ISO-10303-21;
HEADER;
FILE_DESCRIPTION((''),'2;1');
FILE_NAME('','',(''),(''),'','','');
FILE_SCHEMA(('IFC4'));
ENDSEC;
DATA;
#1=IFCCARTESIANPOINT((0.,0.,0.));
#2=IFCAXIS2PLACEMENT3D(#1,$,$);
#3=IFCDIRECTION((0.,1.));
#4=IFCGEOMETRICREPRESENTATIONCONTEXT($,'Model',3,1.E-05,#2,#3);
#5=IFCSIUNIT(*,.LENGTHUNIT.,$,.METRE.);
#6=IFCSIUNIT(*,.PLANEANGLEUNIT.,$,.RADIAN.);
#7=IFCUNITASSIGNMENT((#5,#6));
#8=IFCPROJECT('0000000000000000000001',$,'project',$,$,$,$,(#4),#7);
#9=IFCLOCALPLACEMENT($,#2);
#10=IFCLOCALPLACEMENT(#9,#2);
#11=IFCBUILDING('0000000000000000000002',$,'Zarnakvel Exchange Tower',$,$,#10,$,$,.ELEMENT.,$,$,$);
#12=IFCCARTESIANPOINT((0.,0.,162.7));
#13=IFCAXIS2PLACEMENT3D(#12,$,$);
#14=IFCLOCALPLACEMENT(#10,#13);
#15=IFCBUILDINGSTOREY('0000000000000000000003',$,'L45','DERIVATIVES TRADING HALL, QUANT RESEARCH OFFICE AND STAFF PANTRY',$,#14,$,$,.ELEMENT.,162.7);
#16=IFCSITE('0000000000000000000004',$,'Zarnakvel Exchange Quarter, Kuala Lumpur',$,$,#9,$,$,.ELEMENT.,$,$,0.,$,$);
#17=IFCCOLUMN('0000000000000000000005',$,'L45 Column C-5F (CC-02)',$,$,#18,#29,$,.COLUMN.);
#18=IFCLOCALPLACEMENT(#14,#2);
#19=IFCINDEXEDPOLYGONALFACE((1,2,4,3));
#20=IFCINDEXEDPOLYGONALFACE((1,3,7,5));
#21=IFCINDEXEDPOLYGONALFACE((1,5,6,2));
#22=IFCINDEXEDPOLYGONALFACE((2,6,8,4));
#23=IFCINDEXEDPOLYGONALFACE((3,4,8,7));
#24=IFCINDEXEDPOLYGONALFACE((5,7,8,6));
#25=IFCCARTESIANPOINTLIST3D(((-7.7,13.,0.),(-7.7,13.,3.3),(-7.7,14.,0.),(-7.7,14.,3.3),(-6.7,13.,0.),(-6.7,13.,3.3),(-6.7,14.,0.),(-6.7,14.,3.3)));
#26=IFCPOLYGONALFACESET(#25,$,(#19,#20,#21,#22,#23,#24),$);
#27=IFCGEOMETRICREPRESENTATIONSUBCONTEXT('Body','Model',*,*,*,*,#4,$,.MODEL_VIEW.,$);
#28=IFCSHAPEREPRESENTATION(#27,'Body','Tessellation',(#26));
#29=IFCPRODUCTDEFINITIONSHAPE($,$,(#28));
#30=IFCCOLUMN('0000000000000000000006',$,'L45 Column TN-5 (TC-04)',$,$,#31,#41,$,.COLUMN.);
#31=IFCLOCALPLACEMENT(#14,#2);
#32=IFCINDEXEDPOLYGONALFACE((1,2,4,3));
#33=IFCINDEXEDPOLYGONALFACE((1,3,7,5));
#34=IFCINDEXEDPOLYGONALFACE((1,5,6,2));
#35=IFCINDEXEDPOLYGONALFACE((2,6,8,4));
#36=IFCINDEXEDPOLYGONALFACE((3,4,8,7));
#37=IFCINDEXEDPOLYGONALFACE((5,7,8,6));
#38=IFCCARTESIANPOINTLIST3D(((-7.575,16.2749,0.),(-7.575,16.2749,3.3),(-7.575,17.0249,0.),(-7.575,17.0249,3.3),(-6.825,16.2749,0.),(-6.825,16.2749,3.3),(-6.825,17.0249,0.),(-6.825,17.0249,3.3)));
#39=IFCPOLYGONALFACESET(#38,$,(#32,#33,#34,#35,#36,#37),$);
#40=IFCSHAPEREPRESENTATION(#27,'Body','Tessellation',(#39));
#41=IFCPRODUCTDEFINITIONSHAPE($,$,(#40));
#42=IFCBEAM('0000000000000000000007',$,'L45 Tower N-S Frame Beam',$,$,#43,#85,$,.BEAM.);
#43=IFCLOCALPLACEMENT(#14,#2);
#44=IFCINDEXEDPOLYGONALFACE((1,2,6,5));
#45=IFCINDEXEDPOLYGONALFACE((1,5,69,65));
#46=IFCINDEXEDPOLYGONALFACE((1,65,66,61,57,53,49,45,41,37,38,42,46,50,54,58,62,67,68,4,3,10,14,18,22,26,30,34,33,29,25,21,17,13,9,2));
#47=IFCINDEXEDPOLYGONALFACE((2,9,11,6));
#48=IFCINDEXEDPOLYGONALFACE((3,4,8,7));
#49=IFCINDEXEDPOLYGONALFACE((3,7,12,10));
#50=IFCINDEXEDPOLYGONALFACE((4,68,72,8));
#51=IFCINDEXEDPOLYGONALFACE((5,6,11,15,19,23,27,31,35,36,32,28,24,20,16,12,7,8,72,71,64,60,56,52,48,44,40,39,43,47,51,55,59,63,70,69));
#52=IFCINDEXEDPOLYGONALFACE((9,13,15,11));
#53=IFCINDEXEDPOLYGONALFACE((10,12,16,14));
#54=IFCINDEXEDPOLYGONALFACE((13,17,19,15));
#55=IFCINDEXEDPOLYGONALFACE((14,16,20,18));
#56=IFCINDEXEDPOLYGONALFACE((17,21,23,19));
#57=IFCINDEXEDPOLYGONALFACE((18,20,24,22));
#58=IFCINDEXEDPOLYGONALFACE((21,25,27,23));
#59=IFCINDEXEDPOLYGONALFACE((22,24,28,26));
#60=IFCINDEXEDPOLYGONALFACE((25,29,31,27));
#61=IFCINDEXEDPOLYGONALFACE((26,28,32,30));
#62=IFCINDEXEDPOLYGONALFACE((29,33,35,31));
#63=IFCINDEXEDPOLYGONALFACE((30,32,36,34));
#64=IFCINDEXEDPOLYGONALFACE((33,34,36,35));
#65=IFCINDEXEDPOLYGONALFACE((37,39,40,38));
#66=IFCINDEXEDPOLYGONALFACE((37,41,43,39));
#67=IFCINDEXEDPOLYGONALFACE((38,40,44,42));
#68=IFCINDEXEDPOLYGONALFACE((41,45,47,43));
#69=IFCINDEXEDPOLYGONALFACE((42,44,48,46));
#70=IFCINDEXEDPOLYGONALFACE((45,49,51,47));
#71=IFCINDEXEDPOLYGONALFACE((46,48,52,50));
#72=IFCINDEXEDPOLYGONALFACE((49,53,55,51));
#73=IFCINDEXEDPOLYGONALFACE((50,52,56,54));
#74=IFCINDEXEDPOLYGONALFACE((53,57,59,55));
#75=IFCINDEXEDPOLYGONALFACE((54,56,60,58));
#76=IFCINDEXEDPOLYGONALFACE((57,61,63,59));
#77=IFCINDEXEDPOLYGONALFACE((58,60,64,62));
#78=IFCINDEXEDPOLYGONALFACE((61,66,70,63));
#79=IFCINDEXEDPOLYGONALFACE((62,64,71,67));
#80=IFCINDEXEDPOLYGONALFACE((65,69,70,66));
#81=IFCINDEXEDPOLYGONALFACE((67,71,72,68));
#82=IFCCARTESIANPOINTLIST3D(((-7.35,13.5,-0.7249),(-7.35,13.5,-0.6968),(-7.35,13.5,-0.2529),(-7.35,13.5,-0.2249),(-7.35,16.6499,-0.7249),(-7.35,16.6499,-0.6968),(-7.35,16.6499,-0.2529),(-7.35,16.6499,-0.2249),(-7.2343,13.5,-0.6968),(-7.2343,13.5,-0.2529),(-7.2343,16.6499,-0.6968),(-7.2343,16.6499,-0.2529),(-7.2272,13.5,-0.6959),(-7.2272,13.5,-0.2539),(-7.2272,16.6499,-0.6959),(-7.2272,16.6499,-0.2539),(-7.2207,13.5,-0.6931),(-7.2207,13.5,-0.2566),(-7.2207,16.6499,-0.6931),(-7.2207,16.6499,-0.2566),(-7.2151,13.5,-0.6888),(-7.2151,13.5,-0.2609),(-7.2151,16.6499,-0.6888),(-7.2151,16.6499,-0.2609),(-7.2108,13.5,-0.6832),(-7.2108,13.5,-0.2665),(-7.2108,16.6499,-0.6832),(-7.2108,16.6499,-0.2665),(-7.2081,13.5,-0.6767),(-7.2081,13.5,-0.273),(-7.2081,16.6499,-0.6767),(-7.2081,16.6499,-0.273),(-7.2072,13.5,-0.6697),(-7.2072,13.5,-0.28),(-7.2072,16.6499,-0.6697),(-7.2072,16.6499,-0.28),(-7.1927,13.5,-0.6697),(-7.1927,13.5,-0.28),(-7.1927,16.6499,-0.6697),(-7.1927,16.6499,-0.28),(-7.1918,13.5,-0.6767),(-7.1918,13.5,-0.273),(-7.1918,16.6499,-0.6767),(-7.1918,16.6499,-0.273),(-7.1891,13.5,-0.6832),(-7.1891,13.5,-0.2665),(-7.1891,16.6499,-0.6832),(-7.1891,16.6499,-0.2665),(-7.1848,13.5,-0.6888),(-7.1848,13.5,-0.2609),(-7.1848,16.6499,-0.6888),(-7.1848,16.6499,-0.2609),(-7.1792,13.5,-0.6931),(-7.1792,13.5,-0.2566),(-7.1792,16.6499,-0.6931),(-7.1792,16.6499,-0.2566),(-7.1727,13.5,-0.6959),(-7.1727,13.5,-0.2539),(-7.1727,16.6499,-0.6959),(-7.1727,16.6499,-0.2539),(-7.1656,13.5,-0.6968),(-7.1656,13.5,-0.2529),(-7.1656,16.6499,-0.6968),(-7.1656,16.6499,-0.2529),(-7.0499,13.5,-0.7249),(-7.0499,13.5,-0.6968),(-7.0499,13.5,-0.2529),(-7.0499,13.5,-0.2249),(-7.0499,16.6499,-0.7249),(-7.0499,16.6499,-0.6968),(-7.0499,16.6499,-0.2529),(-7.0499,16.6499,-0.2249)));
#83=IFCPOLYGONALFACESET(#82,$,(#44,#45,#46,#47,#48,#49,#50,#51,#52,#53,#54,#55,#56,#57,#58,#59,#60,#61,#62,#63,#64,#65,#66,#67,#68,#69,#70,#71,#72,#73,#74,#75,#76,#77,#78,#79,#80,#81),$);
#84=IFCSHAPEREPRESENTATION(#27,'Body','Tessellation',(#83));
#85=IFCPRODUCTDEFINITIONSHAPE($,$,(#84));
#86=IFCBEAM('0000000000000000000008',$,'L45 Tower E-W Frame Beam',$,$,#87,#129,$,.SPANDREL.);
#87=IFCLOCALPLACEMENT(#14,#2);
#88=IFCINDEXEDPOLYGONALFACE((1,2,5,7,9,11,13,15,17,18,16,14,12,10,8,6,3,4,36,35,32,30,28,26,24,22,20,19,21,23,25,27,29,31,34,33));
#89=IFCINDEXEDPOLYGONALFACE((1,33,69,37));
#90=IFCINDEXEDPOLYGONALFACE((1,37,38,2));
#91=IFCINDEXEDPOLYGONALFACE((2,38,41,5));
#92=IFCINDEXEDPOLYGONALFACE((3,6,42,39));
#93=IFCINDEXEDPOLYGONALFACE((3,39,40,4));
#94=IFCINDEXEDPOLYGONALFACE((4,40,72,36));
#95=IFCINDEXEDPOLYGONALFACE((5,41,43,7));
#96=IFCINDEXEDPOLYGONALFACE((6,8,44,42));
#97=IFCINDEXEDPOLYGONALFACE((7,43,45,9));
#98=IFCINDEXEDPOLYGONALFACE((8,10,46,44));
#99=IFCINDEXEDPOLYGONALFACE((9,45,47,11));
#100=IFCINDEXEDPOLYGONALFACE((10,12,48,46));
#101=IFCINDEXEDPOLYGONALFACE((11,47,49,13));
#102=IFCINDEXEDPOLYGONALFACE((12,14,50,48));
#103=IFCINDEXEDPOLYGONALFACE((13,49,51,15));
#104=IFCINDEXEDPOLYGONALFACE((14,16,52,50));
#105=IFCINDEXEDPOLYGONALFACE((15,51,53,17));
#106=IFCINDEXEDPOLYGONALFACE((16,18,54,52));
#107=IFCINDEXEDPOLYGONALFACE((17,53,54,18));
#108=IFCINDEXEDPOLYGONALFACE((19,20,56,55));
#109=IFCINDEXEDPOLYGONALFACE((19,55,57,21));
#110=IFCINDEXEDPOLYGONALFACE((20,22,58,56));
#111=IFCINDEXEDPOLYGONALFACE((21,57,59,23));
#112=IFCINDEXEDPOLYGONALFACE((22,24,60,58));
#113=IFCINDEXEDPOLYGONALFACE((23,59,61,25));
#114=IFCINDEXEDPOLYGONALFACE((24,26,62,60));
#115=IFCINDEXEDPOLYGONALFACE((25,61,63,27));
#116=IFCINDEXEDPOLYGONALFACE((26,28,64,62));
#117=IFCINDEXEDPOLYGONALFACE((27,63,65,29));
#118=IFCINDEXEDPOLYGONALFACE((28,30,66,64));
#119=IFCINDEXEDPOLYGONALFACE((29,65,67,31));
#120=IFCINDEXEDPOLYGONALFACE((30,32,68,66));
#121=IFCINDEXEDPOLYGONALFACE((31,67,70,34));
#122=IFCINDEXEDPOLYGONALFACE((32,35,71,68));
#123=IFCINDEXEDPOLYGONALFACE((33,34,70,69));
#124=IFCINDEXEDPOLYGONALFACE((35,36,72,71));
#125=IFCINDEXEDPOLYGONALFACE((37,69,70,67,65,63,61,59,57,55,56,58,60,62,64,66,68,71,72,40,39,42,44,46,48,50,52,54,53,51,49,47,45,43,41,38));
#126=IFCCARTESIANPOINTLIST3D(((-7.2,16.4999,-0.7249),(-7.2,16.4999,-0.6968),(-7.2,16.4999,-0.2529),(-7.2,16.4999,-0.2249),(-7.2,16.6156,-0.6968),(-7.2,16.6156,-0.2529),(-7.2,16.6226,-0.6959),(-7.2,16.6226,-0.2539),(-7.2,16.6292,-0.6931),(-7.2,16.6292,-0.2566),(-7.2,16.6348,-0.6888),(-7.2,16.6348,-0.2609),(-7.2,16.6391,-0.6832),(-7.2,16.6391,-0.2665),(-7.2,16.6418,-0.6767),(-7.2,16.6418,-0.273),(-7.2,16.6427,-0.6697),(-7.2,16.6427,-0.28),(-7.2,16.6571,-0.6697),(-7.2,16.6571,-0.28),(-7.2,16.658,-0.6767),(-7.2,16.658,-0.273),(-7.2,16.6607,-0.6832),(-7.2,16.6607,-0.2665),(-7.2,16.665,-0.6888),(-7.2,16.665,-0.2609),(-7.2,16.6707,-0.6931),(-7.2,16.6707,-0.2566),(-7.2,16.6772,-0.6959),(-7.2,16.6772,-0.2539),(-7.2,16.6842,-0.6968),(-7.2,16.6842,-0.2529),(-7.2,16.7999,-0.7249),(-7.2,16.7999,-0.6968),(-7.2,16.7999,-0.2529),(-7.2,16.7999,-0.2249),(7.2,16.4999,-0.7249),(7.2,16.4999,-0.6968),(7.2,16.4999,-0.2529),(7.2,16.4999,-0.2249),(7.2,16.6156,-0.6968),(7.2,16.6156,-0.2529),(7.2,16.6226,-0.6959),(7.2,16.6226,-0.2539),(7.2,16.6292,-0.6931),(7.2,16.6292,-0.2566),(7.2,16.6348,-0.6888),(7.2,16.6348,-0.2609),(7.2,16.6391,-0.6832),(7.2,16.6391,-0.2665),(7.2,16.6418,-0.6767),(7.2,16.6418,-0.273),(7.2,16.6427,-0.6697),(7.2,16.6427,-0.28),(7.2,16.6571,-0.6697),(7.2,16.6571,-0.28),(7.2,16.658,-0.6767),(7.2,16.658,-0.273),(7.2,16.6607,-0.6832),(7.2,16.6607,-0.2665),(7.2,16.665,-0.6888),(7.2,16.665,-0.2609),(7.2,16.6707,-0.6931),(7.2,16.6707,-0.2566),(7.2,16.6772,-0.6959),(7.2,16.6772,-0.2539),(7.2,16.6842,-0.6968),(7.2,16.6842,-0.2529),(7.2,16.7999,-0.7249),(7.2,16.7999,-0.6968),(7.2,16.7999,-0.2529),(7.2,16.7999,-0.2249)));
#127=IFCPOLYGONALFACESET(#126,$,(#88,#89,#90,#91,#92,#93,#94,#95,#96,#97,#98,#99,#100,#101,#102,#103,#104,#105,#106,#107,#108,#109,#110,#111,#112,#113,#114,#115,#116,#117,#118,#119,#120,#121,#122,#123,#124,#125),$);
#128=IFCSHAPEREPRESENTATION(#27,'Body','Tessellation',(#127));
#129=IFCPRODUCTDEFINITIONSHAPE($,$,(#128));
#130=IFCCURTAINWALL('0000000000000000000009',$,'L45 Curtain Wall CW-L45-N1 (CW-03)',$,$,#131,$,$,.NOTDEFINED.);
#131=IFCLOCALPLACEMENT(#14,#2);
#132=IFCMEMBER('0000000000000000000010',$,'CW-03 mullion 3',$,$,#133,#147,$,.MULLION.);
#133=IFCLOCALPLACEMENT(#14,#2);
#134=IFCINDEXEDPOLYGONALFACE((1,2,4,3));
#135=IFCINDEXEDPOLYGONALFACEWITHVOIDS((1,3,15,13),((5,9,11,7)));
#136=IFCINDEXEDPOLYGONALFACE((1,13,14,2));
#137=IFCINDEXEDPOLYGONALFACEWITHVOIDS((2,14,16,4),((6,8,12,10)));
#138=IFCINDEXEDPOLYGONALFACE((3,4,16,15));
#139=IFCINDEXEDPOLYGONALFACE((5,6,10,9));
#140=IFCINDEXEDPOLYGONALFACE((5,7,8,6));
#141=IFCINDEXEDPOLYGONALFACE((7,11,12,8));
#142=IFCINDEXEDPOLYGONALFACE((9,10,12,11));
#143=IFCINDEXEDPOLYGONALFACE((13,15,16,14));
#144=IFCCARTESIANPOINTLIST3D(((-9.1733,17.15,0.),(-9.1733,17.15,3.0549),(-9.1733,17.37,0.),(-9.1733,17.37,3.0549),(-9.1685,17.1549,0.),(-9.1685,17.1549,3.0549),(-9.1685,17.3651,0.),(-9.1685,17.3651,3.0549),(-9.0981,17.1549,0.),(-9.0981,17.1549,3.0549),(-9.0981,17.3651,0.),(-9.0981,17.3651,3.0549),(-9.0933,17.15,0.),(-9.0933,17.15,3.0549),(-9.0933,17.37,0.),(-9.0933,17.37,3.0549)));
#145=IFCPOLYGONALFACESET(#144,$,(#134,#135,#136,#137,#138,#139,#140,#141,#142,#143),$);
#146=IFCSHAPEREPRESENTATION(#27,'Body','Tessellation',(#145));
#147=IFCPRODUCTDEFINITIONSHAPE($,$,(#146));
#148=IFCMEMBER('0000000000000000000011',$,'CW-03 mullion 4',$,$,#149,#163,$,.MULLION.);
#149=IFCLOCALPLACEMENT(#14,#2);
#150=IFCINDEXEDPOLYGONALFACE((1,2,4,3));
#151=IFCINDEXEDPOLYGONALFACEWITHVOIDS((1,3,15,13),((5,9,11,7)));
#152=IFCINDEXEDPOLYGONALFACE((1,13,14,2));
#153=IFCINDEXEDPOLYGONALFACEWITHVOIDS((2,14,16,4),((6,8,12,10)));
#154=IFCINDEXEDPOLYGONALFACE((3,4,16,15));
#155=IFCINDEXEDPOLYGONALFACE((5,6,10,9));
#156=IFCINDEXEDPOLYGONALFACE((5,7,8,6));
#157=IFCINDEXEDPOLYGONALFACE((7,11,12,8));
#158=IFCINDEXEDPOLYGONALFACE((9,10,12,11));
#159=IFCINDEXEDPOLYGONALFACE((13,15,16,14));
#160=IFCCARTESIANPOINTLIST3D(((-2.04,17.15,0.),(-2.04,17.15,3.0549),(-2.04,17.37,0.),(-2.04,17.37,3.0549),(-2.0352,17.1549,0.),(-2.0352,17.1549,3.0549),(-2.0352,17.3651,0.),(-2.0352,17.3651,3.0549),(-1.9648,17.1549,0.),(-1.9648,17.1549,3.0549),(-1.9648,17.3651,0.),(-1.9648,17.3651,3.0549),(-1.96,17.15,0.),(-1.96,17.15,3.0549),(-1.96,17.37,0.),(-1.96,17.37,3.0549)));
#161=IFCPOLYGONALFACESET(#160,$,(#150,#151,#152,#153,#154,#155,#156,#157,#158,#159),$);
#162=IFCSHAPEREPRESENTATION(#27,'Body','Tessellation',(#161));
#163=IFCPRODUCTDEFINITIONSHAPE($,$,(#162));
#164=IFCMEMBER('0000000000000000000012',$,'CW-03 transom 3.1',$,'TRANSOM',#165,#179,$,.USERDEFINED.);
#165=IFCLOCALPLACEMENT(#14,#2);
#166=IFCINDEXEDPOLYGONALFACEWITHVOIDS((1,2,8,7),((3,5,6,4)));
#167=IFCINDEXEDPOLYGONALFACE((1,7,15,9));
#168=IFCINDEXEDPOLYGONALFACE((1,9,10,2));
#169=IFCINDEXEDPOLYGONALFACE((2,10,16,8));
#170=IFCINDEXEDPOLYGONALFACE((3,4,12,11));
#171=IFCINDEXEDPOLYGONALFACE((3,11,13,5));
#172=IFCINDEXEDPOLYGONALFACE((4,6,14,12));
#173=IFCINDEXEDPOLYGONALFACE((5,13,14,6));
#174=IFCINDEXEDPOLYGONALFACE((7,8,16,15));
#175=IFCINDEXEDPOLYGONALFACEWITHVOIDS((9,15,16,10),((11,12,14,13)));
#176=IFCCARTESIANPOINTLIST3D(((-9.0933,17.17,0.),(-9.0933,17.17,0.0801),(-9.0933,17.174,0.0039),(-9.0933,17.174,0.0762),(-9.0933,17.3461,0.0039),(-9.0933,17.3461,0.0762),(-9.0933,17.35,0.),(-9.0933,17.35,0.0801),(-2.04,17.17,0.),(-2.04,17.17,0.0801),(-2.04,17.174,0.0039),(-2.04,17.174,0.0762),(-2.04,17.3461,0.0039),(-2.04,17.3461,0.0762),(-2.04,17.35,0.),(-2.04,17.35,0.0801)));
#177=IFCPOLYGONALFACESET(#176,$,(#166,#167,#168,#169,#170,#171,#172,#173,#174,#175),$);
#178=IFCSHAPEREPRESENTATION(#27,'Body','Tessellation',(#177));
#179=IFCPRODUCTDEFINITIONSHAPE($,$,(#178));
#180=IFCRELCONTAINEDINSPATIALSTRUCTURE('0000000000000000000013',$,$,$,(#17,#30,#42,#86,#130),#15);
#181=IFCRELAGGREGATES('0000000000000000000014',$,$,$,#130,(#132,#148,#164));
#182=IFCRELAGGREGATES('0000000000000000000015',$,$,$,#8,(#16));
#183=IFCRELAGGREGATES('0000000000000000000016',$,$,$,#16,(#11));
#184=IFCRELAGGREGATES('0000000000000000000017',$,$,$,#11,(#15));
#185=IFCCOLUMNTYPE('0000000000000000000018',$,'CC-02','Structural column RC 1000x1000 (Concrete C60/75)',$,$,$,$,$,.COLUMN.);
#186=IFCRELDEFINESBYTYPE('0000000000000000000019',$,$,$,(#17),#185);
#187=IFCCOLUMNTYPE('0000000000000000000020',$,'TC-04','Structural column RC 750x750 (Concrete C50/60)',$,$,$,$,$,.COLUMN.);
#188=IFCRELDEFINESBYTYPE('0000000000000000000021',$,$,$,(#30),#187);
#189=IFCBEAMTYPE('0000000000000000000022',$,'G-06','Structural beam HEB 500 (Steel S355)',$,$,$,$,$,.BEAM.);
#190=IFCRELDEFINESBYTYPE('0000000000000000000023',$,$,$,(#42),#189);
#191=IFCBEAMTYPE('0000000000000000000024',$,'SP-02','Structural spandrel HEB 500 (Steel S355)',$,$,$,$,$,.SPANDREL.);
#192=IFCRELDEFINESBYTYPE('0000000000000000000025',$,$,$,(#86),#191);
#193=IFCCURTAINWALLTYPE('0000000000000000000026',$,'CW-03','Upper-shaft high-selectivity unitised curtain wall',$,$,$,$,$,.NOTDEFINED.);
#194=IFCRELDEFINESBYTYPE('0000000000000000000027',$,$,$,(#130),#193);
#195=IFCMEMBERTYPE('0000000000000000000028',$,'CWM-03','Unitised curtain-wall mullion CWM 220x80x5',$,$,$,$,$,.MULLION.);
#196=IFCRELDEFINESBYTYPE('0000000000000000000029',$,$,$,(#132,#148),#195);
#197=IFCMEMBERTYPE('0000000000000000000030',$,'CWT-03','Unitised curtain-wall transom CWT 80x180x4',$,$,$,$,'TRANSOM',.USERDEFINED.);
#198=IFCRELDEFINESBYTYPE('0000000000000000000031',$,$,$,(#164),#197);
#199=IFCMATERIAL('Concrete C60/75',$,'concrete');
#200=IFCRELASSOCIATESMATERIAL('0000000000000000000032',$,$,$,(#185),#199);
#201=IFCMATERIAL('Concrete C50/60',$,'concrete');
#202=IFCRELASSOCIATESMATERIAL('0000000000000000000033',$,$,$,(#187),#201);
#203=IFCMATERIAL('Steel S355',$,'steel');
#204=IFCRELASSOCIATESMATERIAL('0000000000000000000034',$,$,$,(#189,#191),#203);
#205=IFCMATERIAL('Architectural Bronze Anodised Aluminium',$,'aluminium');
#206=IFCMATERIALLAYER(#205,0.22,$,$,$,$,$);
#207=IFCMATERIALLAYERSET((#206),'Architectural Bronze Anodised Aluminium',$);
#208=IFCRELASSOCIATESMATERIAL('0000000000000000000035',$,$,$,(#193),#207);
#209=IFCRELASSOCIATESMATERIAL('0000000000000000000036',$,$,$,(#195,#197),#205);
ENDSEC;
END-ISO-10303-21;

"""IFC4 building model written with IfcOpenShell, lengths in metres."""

from ifc_helpers import new_model, si_unit, direction, frame, origin, origin_2d, place, context, subcontext, project, spatial, rectangle, hollow_rectangle, i_section, extrude, source, transform, mapped, material, layer, layer_set, material_profile, profile_set, type_object, element, aggregate, save


model = new_model("IFC4")

# Units and contexts
model_context = context("Model", 3, precision=1e-05, world=origin(), true_north=direction((0.0, 1.0)))
body_context = subcontext(model_context, "Body", "Model", "MODEL_VIEW")
ifc_project = project(units=[si_unit("LENGTHUNIT", "METRE"), si_unit("PLANEANGLEUNIT", "RADIAN")], contexts=[model_context])

# Site, building, storey
site_placement = place(None, origin())
site = spatial("IfcSite", under=ifc_project, at=site_placement, Name="Zarnakvel Exchange Quarter, Kuala Lumpur", CompositionType="ELEMENT", RefElevation=0.0)
building_placement = place(site_placement, origin())
building = spatial("IfcBuilding", under=site, at=building_placement, Name="Zarnakvel Exchange Tower", CompositionType="ELEMENT")
storey_placement = place(building_placement, frame((0.0, 0.0, 162.7)))
storey = spatial("IfcBuildingStorey", under=building, at=storey_placement, Name="L45", Description="DERIVATIVES TRADING HALL, QUANT RESEARCH OFFICE AND STAFF PANTRY", CompositionType="ELEMENT", Elevation=162.7)

# Columns
ifc_material_1 = material(Name="Concrete C60/75", Category="concrete")
ifc_material_profile_1 = material_profile(ifc_material_1, rectangle(XDim=1.0, YDim=1.0, at=origin_2d()))
ifc_profile_set_1 = profile_set([ifc_material_profile_1], Name="Concrete C60/75")
column_type_1 = type_object("IfcColumnType", Name="CC-02", Description="Structural column RC 1000x1000 (Concrete C60/75)", PredefinedType="COLUMN", material=ifc_profile_set_1)
column_1_placement = place(storey_placement, frame((-7.2, 13.5, 0.0), z_axis=(0.0, 0.0, 1.0), x_axis=(1.0, 0.0, 0.0)))
element("IfcColumn", 1, at=column_1_placement, inside=storey, type_object=column_type_1, Name="L45 Column C-5F (CC-02)", PredefinedType="COLUMN", context=body_context, shape_type="SweptSolid", body=[
    extrude(rectangle(XDim=1.0, YDim=1.0, at=origin_2d()), origin(), (0.0, 0.0, 1.0), 3.3),
])
ifc_material_2 = material(Name="Concrete C50/60", Category="concrete")
ifc_material_profile_2 = material_profile(ifc_material_2, rectangle(XDim=0.75, YDim=0.75, at=origin_2d()))
ifc_profile_set_2 = profile_set([ifc_material_profile_2], Name="Concrete C50/60")
column_type_2 = type_object("IfcColumnType", Name="TC-04", Description="Structural column RC 750x750 (Concrete C50/60)", PredefinedType="COLUMN", material=ifc_profile_set_2)
column_2_placement = place(storey_placement, frame((-7.2, 16.6499, 0.0), z_axis=(0.0, 0.0, 1.0), x_axis=(1.0, 0.0, 0.0)))
element("IfcColumn", 2, at=column_2_placement, inside=storey, type_object=column_type_2, Name="L45 Column TN-5 (TC-04)", PredefinedType="COLUMN", context=body_context, shape_type="SweptSolid", body=[
    extrude(rectangle(XDim=0.75, YDim=0.75, at=origin_2d()), origin(), (0.0, 0.0, 1.0), 3.3),
])

# Beams
ifc_material_3 = material(Name="Steel S355", Category="steel")
ifc_material_profile_3 = material_profile(ifc_material_3, i_section(OverallWidth=0.3, OverallDepth=0.5, WebThickness=0.0144, FlangeThickness=0.0281, FilletRadius=0.0271, at=origin_2d()))
ifc_profile_set_3 = profile_set([ifc_material_profile_3], Name="Steel S355")
beam_type_1 = type_object("IfcBeamType", Name="G-06", Description="Structural beam HEB 500 (Steel S355)", PredefinedType="BEAM", material=ifc_profile_set_3)
beam_1_placement = place(storey_placement, frame((-7.2, 13.5, -0.4749), z_axis=(0.0, 1.0, 0.0), x_axis=(-1.0, 0.0, 0.0)))
element("IfcBeam", 3, at=beam_1_placement, inside=storey, type_object=beam_type_1, Name="L45 Tower N-S Frame Beam", PredefinedType="BEAM", context=body_context, shape_type="SweptSolid", body=[
    extrude(i_section(OverallWidth=0.3, OverallDepth=0.5, WebThickness=0.0144, FlangeThickness=0.0281, FilletRadius=0.0271, at=origin_2d()), origin(), (0.0, 0.0, 1.0), 3.1499),
])
ifc_material_profile_4 = material_profile(ifc_material_3, i_section(OverallWidth=0.3, OverallDepth=0.5, WebThickness=0.0144, FlangeThickness=0.0281, FilletRadius=0.0271, at=origin_2d()))
ifc_profile_set_4 = profile_set([ifc_material_profile_4], Name="Steel S355")
beam_type_2 = type_object("IfcBeamType", Name="SP-02", Description="Structural spandrel HEB 500 (Steel S355)", PredefinedType="SPANDREL", material=ifc_profile_set_4)
beam_2_placement = place(storey_placement, frame((-7.2, 16.6499, -0.4749), z_axis=(1.0, 0.0, 0.0), x_axis=(0.0, 1.0, 0.0)))
element("IfcBeam", 4, at=beam_2_placement, inside=storey, type_object=beam_type_2, Name="L45 Tower E-W Frame Beam", PredefinedType="SPANDREL", context=body_context, shape_type="SweptSolid", body=[
    extrude(i_section(OverallWidth=0.3, OverallDepth=0.5, WebThickness=0.0144, FlangeThickness=0.0281, FilletRadius=0.0271, at=origin_2d()), origin(), (0.0, 0.0, 1.0), 14.3999),
])

# Curtain wall, members
ifc_material_4 = material(Name="Architectural Bronze Anodised Aluminium", Category="aluminium")
ifc_layer_1 = layer(ifc_material_4, 0.22)
ifc_layer_set_1 = layer_set([ifc_layer_1], Name="Architectural Bronze Anodised Aluminium")
curtain_wall_type = type_object("IfcCurtainWallType", Name="CW-03", Description="Upper-shaft high-selectivity unitised curtain wall", PredefinedType="NOTDEFINED", material=ifc_layer_set_1)
curtain_wall_placement = place(storey_placement, origin())
curtain_wall = element("IfcCurtainWall", 5, at=curtain_wall_placement, inside=storey, type_object=curtain_wall_type, Name="L45 Curtain Wall CW-L45-N1 (CW-03)", PredefinedType="NOTDEFINED")
ifc_material_profile_5 = material_profile(ifc_material_4, hollow_rectangle(XDim=0.22, YDim=0.0801, WallThickness=0.0049, at=origin_2d()))
ifc_profile_set_5 = profile_set([ifc_material_profile_5], Name="Architectural Bronze Anodised Aluminium")
member_type_1 = type_object("IfcMemberType", Name="CWM-03", Description="Unitised curtain-wall mullion CWM 220x80x5", PredefinedType="MULLION", material=ifc_profile_set_5)
shared_shape_1 = source(origin(), body_context, "Body", "SweptSolid", [
    extrude(hollow_rectangle(XDim=0.22, YDim=0.0801, WallThickness=0.0049, at=origin_2d()), origin(), (0.0, 0.0, 1.0), 3.0549),
])
member_1_placement = place(storey_placement, frame((-9.1333, 17.26, 0.0), z_axis=(0.0, 0.0, 1.0), x_axis=(0.0, 1.0, 0.0)))
member_1 = element("IfcMember", 6, at=member_1_placement, type_object=member_type_1, Name="CW-03 mullion 3", PredefinedType="MULLION", context=body_context, shape_type="MappedRepresentation", body=[
    mapped(shared_shape_1, transform((0.0, 0.0, 0.0), x_axis=(1.0, 0.0, 0.0), y_axis=(0.0, 1.0, 0.0), z_axis=(0.0, 0.0, 1.0), scale=1.0)),
])
member_2_placement = place(storey_placement, frame((-2.0, 17.26, 0.0), z_axis=(0.0, 0.0, 1.0), x_axis=(0.0, 1.0, 0.0)))
member_2 = element("IfcMember", 7, at=member_2_placement, type_object=member_type_1, Name="CW-03 mullion 4", PredefinedType="MULLION", context=body_context, shape_type="MappedRepresentation", body=[
    mapped(shared_shape_1, transform((0.0, 0.0, 0.0), x_axis=(1.0, 0.0, 0.0), y_axis=(0.0, 1.0, 0.0), z_axis=(0.0, 0.0, 1.0), scale=1.0)),
])
ifc_material_profile_6 = material_profile(ifc_material_4, hollow_rectangle(XDim=0.1799, YDim=0.0801, WallThickness=0.0039, at=origin_2d()))
ifc_profile_set_6 = profile_set([ifc_material_profile_6], Name="Architectural Bronze Anodised Aluminium")
member_type_2 = type_object("IfcMemberType", Name="CWT-03", Description="Unitised curtain-wall transom CWT 80x180x4", ElementType="TRANSOM", PredefinedType="USERDEFINED", material=ifc_profile_set_6)
shared_shape_2 = source(origin(), body_context, "Body", "SweptSolid", [
    extrude(hollow_rectangle(XDim=0.1799, YDim=0.0801, WallThickness=0.0039, at=origin_2d()), origin(), (0.0, 0.0, 1.0), 7.0532),
])
member_3_placement = place(storey_placement, frame((-9.0933, 17.26, 0.04), z_axis=(1.0, 0.0, 0.0), x_axis=(0.0, 1.0, 0.0)))
member_3 = element("IfcMember", 8, at=member_3_placement, type_object=member_type_2, Name="CW-03 transom 3.1", ObjectType="TRANSOM", PredefinedType="USERDEFINED", context=body_context, shape_type="MappedRepresentation", body=[
    mapped(shared_shape_2, transform((0.0, 0.0, 0.0), x_axis=(1.0, 0.0, 0.0), y_axis=(0.0, 1.0, 0.0), z_axis=(0.0, 0.0, 1.0), scale=1.0)),
])
aggregate(curtain_wall, [member_1, member_2, member_3])

save(model, "model.ifc")
